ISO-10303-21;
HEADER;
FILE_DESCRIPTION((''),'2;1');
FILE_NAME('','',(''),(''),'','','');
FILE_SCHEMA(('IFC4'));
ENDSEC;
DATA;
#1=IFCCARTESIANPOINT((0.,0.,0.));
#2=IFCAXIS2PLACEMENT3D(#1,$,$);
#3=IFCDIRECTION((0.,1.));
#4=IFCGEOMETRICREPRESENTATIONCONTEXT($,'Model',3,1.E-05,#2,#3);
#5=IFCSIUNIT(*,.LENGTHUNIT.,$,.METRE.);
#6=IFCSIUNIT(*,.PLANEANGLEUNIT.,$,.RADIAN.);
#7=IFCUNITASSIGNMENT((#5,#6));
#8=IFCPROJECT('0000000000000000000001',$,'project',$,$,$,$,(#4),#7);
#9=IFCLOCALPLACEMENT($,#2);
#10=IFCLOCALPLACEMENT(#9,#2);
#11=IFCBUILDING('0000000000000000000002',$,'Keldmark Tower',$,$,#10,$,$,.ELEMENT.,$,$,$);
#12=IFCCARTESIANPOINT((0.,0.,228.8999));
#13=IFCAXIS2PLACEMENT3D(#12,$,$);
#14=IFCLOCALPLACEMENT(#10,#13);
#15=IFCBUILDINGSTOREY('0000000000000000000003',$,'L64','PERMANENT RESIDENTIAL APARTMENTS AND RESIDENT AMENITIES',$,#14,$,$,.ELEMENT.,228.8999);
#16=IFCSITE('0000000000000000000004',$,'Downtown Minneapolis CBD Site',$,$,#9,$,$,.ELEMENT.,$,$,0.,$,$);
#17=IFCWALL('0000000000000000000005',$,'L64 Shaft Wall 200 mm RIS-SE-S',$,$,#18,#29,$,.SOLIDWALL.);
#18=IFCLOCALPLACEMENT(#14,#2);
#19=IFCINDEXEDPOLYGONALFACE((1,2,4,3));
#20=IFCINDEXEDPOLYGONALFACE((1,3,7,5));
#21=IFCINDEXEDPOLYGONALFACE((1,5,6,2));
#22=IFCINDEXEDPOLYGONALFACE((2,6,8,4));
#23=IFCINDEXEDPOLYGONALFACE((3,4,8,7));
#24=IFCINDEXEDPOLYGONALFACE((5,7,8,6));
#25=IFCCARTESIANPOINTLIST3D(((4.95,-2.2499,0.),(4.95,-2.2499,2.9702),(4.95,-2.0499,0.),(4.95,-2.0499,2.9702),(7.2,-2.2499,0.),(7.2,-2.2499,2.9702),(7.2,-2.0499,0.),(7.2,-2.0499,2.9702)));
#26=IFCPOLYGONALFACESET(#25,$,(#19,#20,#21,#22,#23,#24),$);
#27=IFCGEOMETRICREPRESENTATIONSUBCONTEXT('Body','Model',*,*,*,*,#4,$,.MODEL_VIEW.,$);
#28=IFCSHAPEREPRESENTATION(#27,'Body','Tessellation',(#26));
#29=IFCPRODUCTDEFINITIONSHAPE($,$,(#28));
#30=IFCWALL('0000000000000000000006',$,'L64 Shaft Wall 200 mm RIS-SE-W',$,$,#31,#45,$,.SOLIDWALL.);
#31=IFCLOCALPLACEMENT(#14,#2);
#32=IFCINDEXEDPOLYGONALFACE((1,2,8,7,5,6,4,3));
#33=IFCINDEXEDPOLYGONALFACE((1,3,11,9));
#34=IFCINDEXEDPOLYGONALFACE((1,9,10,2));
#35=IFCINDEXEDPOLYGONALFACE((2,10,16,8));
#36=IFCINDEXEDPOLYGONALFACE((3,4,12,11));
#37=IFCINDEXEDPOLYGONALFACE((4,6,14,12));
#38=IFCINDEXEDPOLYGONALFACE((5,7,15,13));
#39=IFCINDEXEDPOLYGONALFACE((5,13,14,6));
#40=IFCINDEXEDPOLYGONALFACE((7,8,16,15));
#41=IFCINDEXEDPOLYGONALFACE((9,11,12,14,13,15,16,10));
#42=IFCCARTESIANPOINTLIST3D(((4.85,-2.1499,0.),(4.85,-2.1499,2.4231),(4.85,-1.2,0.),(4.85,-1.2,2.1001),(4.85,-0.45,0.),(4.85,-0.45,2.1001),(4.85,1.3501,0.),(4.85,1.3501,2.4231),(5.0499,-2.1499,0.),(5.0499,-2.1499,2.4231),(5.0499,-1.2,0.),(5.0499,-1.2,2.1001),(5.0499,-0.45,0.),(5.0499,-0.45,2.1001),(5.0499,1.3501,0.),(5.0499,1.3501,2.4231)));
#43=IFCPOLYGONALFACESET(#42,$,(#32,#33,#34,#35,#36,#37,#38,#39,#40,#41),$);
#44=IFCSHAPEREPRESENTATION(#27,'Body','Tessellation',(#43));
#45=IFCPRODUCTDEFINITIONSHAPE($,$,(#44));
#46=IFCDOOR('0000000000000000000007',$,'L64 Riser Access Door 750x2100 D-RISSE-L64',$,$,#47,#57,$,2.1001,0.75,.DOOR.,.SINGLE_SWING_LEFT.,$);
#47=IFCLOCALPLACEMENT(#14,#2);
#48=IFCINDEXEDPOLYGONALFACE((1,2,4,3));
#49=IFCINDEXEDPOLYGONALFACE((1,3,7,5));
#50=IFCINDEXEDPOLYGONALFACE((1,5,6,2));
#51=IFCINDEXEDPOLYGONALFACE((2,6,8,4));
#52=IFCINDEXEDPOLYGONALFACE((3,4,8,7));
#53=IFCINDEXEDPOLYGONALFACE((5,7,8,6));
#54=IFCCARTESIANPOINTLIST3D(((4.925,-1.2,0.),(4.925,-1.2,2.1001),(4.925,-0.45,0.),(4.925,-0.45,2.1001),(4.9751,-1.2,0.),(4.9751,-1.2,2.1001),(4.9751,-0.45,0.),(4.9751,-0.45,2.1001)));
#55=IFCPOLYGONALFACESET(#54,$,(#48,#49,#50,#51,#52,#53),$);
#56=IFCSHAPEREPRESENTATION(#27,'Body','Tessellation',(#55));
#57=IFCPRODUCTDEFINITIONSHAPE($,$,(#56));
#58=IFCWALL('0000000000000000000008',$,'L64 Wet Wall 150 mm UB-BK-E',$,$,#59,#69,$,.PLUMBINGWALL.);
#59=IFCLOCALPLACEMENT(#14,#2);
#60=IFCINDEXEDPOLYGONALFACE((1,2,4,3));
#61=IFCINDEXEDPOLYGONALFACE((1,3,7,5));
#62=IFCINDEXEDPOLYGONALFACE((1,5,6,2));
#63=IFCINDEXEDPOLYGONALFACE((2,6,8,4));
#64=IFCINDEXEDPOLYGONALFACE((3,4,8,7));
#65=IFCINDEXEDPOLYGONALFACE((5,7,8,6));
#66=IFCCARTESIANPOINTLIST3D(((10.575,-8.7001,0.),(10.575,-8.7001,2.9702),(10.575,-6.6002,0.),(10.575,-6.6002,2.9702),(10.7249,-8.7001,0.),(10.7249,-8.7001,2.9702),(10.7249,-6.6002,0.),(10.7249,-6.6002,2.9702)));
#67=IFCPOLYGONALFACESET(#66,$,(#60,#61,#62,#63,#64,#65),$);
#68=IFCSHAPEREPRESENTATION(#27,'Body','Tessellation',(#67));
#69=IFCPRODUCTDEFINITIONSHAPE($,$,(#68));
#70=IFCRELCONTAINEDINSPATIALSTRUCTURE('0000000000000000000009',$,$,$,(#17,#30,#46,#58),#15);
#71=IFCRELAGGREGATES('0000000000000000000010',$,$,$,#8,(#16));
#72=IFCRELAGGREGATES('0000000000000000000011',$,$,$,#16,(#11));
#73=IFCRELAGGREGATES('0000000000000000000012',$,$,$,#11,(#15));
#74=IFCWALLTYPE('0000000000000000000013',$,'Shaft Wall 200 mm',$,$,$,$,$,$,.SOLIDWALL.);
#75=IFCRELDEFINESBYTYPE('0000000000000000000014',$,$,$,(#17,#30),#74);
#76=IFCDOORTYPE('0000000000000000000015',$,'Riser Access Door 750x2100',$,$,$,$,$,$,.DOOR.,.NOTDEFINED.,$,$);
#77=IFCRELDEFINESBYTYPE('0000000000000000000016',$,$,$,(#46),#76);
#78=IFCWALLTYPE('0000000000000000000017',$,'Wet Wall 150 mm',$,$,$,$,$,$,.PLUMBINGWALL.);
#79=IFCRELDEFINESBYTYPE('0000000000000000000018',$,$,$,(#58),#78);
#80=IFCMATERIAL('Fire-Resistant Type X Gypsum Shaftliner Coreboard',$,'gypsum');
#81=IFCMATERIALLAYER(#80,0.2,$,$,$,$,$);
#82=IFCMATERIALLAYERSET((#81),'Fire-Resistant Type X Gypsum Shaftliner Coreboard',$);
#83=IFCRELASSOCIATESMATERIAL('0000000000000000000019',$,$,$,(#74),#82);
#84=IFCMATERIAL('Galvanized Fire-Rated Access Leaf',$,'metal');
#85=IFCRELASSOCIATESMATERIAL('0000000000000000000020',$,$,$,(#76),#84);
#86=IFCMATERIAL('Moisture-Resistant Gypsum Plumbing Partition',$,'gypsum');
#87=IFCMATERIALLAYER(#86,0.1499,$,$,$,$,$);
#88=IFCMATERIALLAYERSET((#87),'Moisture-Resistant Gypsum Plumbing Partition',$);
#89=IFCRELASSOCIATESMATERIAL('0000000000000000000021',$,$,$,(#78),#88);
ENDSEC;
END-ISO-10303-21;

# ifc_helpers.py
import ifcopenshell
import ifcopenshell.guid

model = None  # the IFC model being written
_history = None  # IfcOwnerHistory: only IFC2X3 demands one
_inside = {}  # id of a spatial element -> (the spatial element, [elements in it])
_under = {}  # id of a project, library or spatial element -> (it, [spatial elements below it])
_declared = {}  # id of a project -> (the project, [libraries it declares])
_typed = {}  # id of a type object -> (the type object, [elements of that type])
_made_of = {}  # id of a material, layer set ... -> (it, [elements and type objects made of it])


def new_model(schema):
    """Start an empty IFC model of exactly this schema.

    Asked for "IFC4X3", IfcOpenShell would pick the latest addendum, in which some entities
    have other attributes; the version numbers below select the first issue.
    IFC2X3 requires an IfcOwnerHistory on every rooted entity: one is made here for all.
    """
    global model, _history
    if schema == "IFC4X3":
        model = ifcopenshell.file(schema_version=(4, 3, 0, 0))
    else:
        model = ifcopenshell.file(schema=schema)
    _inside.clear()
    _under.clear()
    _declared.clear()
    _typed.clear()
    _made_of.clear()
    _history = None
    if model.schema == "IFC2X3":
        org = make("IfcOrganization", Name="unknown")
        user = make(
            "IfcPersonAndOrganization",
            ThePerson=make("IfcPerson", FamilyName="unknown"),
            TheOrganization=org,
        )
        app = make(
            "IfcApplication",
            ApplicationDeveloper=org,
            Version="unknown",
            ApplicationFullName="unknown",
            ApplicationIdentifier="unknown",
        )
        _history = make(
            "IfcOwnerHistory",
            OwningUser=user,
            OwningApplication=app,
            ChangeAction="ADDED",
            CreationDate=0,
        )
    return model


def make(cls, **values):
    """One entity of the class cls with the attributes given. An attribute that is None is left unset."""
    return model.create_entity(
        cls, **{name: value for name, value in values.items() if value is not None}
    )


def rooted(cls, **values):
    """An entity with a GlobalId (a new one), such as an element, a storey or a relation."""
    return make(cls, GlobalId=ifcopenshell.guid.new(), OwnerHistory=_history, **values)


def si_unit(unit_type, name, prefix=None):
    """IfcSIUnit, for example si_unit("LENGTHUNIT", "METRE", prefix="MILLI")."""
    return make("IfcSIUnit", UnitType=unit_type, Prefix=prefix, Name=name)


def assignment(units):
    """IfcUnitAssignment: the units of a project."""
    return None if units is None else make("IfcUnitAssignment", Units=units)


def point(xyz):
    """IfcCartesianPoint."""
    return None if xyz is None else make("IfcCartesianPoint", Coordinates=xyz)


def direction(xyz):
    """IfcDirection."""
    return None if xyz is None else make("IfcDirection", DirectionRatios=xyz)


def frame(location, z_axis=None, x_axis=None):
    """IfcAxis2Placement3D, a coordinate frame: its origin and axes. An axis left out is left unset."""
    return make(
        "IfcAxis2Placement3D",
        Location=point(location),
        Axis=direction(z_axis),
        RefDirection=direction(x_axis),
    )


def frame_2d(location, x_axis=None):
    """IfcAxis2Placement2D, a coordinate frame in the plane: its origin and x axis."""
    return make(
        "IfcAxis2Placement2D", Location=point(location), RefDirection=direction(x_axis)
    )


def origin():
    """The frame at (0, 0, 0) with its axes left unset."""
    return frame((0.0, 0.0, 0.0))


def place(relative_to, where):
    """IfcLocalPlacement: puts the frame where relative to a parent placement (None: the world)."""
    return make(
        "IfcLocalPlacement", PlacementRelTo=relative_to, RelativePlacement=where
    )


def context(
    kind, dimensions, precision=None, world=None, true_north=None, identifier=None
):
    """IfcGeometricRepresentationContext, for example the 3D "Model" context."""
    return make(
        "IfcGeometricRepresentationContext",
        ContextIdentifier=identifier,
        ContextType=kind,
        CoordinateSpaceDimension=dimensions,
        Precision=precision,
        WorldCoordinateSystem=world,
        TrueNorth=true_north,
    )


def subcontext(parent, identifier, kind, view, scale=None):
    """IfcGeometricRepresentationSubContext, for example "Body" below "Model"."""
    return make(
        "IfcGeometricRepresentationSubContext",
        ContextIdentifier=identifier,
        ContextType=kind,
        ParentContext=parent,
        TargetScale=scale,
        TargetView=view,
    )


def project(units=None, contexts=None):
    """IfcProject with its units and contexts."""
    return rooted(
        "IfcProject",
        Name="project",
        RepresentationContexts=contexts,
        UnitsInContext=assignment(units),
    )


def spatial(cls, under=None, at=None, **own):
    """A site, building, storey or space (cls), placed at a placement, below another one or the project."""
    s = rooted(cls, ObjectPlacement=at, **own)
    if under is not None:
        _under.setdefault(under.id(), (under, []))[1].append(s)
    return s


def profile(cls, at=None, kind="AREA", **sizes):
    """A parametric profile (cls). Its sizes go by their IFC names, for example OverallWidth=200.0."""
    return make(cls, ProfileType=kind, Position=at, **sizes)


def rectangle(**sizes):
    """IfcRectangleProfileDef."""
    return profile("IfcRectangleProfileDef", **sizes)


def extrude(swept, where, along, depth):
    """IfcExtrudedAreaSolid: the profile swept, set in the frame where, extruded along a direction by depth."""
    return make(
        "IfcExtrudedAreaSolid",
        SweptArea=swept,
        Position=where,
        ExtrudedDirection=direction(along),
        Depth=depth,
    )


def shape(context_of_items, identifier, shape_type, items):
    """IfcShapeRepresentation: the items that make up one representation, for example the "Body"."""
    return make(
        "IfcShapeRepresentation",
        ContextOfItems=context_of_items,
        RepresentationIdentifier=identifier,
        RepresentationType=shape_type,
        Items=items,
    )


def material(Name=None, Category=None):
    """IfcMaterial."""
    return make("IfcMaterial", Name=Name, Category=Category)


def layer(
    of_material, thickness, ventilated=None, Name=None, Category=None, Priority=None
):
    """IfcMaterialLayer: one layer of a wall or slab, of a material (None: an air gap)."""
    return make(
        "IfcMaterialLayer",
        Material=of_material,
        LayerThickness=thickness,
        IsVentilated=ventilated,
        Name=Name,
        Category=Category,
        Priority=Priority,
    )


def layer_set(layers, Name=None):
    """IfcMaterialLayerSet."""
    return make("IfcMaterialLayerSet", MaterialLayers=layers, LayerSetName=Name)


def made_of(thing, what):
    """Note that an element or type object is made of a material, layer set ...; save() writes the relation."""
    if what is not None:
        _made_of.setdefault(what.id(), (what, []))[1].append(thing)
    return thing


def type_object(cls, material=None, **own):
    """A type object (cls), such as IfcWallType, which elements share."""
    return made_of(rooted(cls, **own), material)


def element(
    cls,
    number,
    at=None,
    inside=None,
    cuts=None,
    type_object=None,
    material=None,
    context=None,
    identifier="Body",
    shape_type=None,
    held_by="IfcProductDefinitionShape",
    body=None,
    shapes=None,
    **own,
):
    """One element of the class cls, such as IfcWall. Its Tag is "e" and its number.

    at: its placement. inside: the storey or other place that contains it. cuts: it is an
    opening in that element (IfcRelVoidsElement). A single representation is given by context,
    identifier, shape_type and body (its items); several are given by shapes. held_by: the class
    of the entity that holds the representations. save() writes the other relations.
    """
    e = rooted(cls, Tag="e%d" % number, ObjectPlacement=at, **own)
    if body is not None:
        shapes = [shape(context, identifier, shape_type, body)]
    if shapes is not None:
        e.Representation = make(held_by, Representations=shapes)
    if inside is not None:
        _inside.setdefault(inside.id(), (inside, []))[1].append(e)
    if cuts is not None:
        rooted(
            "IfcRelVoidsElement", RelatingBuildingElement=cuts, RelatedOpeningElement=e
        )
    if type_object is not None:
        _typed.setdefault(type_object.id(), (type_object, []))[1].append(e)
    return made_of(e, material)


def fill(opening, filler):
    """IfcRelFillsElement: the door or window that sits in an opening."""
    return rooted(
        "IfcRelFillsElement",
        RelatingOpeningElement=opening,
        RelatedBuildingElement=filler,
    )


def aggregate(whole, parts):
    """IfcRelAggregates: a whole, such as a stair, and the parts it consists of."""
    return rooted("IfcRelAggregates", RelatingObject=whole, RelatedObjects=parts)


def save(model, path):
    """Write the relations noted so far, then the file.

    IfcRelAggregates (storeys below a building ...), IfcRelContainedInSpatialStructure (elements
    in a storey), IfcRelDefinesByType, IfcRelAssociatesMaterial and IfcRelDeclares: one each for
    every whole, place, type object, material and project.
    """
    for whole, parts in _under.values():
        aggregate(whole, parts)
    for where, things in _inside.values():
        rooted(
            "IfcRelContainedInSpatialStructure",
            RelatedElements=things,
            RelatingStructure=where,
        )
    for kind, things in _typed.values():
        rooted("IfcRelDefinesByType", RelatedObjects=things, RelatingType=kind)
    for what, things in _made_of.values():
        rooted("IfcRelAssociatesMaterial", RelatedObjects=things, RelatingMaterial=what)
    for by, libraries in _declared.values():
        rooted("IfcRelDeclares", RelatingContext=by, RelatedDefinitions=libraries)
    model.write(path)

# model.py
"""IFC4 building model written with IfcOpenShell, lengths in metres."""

from ifc_helpers import new_model, si_unit, direction, frame, frame_2d, origin, place, context, subcontext, project, spatial, rectangle, extrude, material, layer, layer_set, type_object, element, fill, save


model = new_model("IFC4")

# Units and contexts
model_context = context("Model", 3, precision=1e-05, world=origin(), true_north=direction((0.0, 1.0)))
body_context = subcontext(model_context, "Body", "Model", "MODEL_VIEW")
ifc_project = project(units=[si_unit("LENGTHUNIT", "METRE"), si_unit("PLANEANGLEUNIT", "RADIAN")], contexts=[model_context])

# Site, building, storey
site_placement = place(None, origin())
site = spatial("IfcSite", under=ifc_project, at=site_placement, Name="Downtown Minneapolis CBD Site", CompositionType="ELEMENT", RefElevation=0.0)
building_placement = place(site_placement, origin())
building = spatial("IfcBuilding", under=site, at=building_placement, Name="Keldmark Tower", CompositionType="ELEMENT")
storey_placement = place(building_placement, frame((0.0, 0.0, 228.8999)))
storey = spatial("IfcBuildingStorey", under=building, at=storey_placement, Name="L64", Description="PERMANENT RESIDENTIAL APARTMENTS AND RESIDENT AMENITIES", CompositionType="ELEMENT", Elevation=228.8999)

# Wall
ifc_material_1 = material(Name="Fire-Resistant Type X Gypsum Shaftliner Coreboard", Category="gypsum")
ifc_layer_1 = layer(ifc_material_1, 0.2)
ifc_layer_set_1 = layer_set([ifc_layer_1], Name="Fire-Resistant Type X Gypsum Shaftliner Coreboard")
wall_type_1 = type_object("IfcWallType", Name="Shaft Wall 200 mm", PredefinedType="SOLIDWALL", material=ifc_layer_set_1)
wall_1_placement = place(storey_placement, frame((4.95, -2.1499, 0.0), z_axis=(0.0, 0.0, 1.0), x_axis=(1.0, 0.0, 0.0)))
element("IfcWall", 1, at=wall_1_placement, inside=storey, type_object=wall_type_1, Name="L64 Shaft Wall 200 mm RIS-SE-S", PredefinedType="SOLIDWALL", context=body_context, shape_type="SweptSolid", body=[
    extrude(rectangle(XDim=2.25, YDim=0.2, at=frame_2d((1.125, 0.0))), origin(), (0.0, 0.0, 1.0), 2.9702),
])

# Wall, opening, door
wall_2_placement = place(storey_placement, frame((4.95, -2.1499, 0.0), z_axis=(0.0, 0.0, 1.0), x_axis=(0.0, 1.0, 0.0)))
wall_2 = element("IfcWall", 2, at=wall_2_placement, inside=storey, type_object=wall_type_1, Name="L64 Shaft Wall 200 mm RIS-SE-W", PredefinedType="SOLIDWALL", context=body_context, shape_type="SweptSolid", body=[
    extrude(rectangle(XDim=3.5, YDim=0.2, at=frame_2d((1.75, 0.0))), origin(), (0.0, 0.0, 1.0), 2.4231),
])
opening_placement = place(wall_2_placement, frame((0.95, 0.0, 0.0)))
opening = element("IfcOpeningElement", 3, at=opening_placement, cuts=wall_2, PredefinedType="OPENING", context=body_context, shape_type="SweptSolid", body=[
    extrude(rectangle(XDim=0.75, YDim=2.1001, at=frame_2d((0.375, 1.05))), frame((0.0, 0.1099, 0.0), z_axis=(0.0, -1.0, 0.0), x_axis=(1.0, 0.0, 0.0)), (0.0, 0.0, 1.0), 0.22),
])
ifc_material_2 = material(Name="Galvanized Fire-Rated Access Leaf", Category="metal")
door_type = type_object("IfcDoorType", Name="Riser Access Door 750x2100", OperationType="NOTDEFINED", PredefinedType="DOOR", material=ifc_material_2)
door_placement = place(opening_placement, origin())
door = element("IfcDoor", 4, at=door_placement, inside=storey, type_object=door_type, Name="L64 Riser Access Door 750x2100 D-RISSE-L64", OperationType="SINGLE_SWING_LEFT", OverallHeight=2.1001, OverallWidth=0.75, PredefinedType="DOOR", context=body_context, shape_type="SweptSolid", body=[
    extrude(rectangle(XDim=0.75, YDim=2.1001, at=frame_2d((0.375, 1.05))), frame((0.0, 0.0249, 0.0), z_axis=(0.0, -1.0, 0.0), x_axis=(1.0, 0.0, 0.0)), (0.0, 0.0, 1.0), 0.05),
])
fill(opening, door)

# Wall
ifc_material_3 = material(Name="Moisture-Resistant Gypsum Plumbing Partition", Category="gypsum")
ifc_layer_2 = layer(ifc_material_3, 0.1499)
ifc_layer_set_2 = layer_set([ifc_layer_2], Name="Moisture-Resistant Gypsum Plumbing Partition")
wall_type_2 = type_object("IfcWallType", Name="Wet Wall 150 mm", PredefinedType="PLUMBINGWALL", material=ifc_layer_set_2)
wall_3_placement = place(storey_placement, frame((10.6499, -8.7, 0.0), z_axis=(0.0, 0.0, 1.0), x_axis=(0.0, 1.0, 0.0)))
element("IfcWall", 5, at=wall_3_placement, inside=storey, type_object=wall_type_2, Name="L64 Wet Wall 150 mm UB-BK-E", PredefinedType="PLUMBINGWALL", context=body_context, shape_type="SweptSolid", body=[
    extrude(rectangle(XDim=2.0999, YDim=0.1499, at=frame_2d((1.0498, 0.0))), origin(), (0.0, 0.0, 1.0), 2.9702),
])

save(model, "model.ifc")
